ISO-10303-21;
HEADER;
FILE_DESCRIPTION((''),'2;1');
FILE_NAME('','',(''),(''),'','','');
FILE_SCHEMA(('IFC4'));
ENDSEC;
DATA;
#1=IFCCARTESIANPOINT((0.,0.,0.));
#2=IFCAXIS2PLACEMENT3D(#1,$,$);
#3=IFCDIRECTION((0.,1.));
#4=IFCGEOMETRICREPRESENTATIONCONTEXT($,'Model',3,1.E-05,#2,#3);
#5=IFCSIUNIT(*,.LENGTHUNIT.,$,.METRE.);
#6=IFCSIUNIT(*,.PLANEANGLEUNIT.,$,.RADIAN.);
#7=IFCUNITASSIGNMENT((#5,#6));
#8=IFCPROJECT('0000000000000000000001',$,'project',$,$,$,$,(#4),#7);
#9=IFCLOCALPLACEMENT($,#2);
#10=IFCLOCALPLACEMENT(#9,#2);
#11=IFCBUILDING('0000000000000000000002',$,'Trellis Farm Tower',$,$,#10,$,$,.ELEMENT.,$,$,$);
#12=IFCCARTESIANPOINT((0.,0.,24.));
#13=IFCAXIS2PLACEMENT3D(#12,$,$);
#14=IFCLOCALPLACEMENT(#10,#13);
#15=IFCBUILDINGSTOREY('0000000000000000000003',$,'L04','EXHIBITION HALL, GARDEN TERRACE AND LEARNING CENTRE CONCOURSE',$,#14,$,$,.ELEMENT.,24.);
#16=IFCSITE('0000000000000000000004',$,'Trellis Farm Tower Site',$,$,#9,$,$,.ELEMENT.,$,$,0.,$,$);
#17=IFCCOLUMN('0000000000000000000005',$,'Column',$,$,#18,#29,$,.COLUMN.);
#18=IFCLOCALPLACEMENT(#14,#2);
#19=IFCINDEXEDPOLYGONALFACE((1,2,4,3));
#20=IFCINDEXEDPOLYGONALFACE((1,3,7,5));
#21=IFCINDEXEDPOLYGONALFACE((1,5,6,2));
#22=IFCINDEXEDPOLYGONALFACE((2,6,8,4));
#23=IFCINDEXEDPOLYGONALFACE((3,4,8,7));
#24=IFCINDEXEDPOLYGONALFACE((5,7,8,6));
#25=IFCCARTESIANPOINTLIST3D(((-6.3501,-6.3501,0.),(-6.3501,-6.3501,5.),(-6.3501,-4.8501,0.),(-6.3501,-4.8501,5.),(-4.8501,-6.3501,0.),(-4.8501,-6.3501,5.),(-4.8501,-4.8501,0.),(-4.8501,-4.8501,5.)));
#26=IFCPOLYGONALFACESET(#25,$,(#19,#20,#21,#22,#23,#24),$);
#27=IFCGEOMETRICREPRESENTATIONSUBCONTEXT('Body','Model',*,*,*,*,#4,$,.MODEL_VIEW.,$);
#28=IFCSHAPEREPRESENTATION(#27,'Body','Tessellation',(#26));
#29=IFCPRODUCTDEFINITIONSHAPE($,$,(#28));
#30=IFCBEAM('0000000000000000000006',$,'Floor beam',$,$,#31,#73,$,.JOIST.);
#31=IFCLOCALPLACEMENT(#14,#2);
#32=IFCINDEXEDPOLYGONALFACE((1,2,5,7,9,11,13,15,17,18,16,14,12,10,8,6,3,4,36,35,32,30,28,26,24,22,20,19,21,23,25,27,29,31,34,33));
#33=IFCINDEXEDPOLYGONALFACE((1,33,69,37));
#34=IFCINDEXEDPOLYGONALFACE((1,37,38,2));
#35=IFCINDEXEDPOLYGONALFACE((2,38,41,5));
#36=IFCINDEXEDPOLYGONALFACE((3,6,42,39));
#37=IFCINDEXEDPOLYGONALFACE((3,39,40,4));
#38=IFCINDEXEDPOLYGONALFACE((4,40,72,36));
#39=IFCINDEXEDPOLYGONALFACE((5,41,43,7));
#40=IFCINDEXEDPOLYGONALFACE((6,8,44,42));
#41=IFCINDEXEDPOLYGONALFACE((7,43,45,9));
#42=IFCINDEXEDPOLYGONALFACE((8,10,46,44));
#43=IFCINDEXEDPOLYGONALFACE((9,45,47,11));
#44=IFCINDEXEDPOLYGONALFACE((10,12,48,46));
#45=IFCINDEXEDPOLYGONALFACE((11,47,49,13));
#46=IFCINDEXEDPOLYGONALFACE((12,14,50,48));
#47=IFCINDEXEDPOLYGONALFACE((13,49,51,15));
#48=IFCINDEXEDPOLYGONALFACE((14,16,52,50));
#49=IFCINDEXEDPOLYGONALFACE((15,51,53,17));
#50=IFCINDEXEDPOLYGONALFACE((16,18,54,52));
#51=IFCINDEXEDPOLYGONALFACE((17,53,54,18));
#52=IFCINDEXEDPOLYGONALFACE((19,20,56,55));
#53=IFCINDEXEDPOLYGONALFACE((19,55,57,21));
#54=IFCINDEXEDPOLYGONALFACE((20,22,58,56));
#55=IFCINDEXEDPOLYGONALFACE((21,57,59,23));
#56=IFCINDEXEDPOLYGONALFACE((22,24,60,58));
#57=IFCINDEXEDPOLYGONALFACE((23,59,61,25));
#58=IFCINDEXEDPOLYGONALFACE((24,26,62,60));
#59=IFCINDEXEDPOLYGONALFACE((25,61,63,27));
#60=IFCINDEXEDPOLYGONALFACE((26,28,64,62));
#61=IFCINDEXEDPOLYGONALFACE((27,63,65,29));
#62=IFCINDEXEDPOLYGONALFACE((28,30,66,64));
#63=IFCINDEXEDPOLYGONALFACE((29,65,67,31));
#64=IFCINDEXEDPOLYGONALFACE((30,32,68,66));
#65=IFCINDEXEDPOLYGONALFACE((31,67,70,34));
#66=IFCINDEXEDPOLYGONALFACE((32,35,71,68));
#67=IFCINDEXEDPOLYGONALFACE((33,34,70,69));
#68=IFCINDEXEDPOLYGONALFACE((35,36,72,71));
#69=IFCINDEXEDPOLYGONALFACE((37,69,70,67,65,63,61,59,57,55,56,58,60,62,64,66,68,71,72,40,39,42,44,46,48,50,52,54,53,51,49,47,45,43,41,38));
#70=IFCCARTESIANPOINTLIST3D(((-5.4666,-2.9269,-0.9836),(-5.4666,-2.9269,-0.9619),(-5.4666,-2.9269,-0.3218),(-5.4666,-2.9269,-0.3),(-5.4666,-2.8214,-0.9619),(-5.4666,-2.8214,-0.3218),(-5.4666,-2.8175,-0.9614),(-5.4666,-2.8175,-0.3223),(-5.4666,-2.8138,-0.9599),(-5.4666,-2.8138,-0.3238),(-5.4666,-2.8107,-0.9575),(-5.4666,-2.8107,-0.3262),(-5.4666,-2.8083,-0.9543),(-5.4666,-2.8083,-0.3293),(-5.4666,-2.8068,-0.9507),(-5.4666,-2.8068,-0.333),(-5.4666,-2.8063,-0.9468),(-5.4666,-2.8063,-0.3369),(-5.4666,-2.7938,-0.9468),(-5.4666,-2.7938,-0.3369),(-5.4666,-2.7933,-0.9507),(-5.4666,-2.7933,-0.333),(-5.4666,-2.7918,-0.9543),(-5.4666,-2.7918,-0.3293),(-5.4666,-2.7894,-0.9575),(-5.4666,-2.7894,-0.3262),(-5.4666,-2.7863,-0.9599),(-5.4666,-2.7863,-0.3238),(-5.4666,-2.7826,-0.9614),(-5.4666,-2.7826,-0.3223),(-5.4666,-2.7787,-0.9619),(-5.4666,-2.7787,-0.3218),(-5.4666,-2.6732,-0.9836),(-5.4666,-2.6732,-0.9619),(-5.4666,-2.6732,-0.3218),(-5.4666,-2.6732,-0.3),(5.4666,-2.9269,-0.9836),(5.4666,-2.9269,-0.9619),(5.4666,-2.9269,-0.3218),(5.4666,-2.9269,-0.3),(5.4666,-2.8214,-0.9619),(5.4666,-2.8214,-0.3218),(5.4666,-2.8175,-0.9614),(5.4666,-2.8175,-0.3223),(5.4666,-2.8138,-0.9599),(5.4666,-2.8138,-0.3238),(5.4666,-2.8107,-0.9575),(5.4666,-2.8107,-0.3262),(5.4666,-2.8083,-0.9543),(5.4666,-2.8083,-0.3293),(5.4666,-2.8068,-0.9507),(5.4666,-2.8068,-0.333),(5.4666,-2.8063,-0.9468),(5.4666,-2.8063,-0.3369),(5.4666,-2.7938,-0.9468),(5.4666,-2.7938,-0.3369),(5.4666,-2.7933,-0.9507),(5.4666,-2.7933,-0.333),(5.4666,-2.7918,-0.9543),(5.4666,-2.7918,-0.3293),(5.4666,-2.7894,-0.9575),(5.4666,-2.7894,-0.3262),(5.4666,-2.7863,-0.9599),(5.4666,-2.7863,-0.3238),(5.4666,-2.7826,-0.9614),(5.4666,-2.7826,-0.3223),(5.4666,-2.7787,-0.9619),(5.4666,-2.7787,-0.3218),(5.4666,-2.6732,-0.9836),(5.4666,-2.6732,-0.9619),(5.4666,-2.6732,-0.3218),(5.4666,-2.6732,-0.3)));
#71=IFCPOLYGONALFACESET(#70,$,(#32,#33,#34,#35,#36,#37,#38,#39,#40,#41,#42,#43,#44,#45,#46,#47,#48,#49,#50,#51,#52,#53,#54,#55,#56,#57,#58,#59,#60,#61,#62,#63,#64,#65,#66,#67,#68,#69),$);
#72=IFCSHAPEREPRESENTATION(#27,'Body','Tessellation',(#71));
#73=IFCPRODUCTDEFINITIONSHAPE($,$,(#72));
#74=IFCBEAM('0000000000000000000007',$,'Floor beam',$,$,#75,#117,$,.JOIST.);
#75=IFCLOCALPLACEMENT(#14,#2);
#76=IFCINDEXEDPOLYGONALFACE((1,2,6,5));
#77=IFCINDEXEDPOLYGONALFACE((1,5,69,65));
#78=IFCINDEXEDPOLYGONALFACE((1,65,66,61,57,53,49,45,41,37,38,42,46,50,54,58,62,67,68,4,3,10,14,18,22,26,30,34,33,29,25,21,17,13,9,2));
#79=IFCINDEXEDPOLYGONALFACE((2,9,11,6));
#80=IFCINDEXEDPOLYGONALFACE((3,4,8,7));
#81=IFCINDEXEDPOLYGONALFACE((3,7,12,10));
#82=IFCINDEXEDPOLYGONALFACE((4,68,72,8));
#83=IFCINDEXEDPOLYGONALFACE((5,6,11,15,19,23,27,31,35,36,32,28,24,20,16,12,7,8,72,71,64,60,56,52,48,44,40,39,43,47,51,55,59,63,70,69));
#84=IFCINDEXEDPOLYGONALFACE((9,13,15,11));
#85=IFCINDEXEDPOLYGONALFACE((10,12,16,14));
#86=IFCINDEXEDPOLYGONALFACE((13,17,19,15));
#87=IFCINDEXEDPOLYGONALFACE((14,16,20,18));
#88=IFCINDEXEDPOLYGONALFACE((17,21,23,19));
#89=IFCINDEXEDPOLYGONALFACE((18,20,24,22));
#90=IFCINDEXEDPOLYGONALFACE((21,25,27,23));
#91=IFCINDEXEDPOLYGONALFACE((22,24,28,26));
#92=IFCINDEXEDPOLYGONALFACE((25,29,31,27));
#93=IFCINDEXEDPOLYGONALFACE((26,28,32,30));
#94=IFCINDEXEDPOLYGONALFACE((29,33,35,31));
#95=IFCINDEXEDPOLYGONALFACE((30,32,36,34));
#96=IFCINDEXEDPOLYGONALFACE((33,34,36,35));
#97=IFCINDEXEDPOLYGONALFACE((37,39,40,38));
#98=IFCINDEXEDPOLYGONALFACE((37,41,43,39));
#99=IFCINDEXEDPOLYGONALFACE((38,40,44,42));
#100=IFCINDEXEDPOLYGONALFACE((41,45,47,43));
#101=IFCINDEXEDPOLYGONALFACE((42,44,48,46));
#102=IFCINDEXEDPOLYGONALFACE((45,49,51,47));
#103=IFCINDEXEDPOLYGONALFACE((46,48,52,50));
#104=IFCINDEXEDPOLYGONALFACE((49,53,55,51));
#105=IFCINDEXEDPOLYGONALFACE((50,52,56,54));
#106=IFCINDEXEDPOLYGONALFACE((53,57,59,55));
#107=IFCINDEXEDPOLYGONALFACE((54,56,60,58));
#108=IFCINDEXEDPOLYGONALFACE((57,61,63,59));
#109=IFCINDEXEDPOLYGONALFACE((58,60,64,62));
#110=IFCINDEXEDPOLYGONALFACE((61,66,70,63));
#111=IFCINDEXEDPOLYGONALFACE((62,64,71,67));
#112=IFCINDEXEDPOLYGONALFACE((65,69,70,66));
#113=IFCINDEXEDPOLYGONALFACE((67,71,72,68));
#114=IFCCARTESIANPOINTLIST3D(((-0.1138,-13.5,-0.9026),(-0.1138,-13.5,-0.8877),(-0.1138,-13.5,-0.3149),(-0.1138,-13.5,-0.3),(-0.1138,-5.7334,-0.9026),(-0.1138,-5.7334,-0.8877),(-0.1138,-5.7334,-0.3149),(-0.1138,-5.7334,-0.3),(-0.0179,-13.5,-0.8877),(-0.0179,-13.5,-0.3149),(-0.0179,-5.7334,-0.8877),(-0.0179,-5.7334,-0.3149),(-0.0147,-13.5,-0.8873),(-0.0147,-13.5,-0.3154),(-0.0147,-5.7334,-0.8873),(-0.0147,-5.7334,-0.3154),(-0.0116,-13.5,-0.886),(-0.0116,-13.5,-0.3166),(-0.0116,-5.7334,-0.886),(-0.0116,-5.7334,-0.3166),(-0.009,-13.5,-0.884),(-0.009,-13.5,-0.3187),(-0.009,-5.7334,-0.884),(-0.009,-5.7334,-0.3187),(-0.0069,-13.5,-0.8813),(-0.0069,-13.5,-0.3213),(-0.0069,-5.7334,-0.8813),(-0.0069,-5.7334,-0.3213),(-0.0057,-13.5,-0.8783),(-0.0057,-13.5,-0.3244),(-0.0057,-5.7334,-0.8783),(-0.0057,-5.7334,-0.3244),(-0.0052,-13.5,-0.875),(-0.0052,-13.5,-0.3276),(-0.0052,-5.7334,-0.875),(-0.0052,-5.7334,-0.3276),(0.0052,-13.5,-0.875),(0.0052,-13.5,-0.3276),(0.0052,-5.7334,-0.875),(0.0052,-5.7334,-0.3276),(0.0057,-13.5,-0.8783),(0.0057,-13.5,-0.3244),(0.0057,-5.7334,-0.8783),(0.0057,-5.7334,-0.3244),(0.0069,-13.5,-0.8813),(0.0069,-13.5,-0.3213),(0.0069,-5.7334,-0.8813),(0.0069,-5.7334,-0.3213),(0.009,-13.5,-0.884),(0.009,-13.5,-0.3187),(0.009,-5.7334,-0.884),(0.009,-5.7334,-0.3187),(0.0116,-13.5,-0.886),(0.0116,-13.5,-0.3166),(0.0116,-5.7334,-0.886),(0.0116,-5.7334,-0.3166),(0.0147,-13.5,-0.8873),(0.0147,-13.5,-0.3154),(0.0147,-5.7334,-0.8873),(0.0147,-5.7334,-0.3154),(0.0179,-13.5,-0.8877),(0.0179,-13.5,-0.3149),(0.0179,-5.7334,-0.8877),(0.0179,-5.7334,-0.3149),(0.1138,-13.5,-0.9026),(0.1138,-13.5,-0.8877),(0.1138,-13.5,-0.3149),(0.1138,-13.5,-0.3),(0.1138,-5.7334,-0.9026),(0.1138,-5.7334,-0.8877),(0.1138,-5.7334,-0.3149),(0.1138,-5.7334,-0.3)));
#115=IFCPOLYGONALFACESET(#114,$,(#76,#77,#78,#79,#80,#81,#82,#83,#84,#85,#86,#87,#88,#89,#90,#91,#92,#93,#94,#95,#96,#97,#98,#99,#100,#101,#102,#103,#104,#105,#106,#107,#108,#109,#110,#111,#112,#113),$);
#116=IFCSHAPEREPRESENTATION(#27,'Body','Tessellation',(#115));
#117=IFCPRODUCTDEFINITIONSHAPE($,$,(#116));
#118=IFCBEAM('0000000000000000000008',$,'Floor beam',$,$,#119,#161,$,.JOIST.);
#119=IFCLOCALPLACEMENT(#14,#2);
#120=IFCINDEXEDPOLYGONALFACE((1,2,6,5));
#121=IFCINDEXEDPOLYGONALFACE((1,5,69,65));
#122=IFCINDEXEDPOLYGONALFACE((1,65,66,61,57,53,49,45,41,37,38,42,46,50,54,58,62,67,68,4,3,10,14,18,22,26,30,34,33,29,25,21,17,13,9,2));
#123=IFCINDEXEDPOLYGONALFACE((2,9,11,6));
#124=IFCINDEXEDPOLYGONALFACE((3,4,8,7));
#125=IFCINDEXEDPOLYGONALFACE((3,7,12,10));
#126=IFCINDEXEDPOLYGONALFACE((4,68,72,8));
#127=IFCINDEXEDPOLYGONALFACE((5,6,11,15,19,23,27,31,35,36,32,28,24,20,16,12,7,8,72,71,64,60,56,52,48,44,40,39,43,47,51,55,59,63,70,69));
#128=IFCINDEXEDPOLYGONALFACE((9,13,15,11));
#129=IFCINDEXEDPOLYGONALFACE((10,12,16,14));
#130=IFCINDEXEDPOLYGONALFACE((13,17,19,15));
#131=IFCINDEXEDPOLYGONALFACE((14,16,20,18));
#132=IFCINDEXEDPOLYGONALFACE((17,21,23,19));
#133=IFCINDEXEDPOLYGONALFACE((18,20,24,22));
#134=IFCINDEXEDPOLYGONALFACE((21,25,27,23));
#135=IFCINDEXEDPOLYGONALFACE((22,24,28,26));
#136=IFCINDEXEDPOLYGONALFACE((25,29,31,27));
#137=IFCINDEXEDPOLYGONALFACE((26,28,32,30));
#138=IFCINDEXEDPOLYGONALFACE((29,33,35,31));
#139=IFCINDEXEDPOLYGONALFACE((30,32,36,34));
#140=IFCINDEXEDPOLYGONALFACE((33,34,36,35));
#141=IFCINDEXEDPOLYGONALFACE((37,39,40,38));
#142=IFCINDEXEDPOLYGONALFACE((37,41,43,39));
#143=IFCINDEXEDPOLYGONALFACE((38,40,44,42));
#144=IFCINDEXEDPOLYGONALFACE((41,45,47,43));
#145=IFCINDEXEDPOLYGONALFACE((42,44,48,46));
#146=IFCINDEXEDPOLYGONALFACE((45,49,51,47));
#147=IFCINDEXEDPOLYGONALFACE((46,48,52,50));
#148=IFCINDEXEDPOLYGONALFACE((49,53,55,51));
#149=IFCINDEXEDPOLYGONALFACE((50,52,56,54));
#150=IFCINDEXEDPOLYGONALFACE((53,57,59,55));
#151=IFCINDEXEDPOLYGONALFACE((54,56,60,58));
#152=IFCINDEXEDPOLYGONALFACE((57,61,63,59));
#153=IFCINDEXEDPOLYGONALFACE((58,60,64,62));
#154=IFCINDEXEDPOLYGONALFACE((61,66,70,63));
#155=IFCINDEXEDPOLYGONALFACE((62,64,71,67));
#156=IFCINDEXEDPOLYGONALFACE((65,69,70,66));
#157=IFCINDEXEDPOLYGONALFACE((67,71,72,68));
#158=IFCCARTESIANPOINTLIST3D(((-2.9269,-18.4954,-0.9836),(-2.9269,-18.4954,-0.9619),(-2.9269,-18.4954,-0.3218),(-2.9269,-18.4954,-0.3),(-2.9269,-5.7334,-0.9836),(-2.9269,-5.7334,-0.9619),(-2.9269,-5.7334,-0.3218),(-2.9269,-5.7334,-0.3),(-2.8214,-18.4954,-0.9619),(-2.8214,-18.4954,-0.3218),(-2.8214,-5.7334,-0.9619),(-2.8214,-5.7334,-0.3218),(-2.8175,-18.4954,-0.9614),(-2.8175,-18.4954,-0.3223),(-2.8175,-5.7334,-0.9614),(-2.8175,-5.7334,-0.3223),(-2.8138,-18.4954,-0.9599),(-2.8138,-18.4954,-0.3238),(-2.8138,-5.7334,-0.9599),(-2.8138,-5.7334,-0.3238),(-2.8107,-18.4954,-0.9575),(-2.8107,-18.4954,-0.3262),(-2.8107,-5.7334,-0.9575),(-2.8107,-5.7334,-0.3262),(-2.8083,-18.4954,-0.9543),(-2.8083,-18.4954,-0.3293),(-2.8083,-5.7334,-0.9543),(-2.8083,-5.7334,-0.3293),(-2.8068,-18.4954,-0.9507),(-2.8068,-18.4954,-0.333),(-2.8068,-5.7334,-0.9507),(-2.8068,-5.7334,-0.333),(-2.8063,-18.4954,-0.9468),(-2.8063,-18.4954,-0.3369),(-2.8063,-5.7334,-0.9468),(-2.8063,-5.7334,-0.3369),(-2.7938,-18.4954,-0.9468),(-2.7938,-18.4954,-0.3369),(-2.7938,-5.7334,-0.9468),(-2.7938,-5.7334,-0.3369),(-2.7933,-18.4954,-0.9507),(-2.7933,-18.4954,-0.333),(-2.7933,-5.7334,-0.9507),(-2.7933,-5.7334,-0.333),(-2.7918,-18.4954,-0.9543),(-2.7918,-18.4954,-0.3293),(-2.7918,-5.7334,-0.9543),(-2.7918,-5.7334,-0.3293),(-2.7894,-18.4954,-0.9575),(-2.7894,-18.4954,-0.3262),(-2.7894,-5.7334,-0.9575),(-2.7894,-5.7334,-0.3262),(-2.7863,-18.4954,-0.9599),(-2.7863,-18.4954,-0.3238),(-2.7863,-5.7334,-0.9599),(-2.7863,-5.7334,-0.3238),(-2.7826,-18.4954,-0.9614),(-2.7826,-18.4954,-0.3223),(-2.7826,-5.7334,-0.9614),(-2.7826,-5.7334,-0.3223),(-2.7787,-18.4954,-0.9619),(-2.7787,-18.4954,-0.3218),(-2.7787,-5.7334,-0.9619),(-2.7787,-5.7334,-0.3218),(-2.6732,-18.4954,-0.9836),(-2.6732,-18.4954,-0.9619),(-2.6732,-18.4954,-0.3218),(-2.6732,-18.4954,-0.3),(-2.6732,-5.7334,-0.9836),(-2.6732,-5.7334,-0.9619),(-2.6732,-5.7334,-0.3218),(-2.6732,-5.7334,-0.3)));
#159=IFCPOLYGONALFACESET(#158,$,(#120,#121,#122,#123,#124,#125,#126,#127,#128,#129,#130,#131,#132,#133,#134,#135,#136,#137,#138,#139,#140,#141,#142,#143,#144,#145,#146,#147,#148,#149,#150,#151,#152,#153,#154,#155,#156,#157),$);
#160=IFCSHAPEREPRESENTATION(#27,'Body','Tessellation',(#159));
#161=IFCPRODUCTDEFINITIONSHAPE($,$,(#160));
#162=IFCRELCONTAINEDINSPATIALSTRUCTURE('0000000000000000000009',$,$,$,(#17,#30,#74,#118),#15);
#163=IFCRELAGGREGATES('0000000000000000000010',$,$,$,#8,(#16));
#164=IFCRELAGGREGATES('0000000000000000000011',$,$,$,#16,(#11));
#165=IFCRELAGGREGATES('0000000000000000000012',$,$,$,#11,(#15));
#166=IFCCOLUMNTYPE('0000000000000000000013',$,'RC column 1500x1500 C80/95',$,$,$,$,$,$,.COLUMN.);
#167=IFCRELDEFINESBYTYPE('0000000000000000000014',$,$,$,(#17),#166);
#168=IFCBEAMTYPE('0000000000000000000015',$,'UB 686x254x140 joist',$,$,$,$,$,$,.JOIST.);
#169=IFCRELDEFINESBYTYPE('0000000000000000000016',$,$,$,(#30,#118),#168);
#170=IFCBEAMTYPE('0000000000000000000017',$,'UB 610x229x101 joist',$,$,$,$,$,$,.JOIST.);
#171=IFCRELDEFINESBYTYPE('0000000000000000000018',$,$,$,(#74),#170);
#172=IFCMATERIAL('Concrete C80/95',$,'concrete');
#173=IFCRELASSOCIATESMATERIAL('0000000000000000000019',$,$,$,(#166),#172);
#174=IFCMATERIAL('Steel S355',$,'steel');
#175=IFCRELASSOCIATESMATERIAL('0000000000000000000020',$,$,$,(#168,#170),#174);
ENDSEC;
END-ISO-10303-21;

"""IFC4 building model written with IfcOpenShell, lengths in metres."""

from ifc_helpers import new_model, si_unit, direction, frame, origin, origin_2d, place, context, subcontext, project, spatial, rectangle, i_section, extrude, source, transform, mapped, material, material_profile, profile_set, type_object, element, save


model = new_model("IFC4")

# Units and contexts
model_context = context("Model", 3, precision=1e-05, world=origin(), true_north=direction((0.0, 1.0)))
body_context = subcontext(model_context, "Body", "Model", "MODEL_VIEW")
ifc_project = project(units=[si_unit("LENGTHUNIT", "METRE"), si_unit("PLANEANGLEUNIT", "RADIAN")], contexts=[model_context])

# Site, building, storey
site_placement = place(None, origin())
site = spatial("IfcSite", under=ifc_project, at=site_placement, Name="Trellis Farm Tower Site", CompositionType="ELEMENT", RefElevation=0.0)
building_placement = place(site_placement, origin())
building = spatial("IfcBuilding", under=site, at=building_placement, Name="Trellis Farm Tower", CompositionType="ELEMENT")
storey_placement = place(building_placement, frame((0.0, 0.0, 24.0)))
storey = spatial("IfcBuildingStorey", under=building, at=storey_placement, Name="L04", Description="EXHIBITION HALL, GARDEN TERRACE AND LEARNING CENTRE CONCOURSE", CompositionType="ELEMENT", Elevation=24.0)

# Column
ifc_material_1 = material(Name="Concrete C80/95", Category="concrete")
ifc_material_profile_1 = material_profile(ifc_material_1, rectangle(XDim=1.5, YDim=1.5, at=origin_2d()), Name="RC column 1500x1500 C80/95")
ifc_profile_set_1 = profile_set([ifc_material_profile_1], Name="Concrete C80/95")
column_type = type_object("IfcColumnType", Name="RC column 1500x1500 C80/95", PredefinedType="COLUMN", material=ifc_profile_set_1)
shared_shape_1 = source(origin(), body_context, "Body", "SweptSolid", [
    extrude(rectangle(XDim=1.5, YDim=1.5, at=origin_2d()), origin(), (0.0, 0.0, 1.0), 5.0),
])
column_placement = place(storey_placement, frame((-5.6001, -5.6001, 0.0), z_axis=(0.0, 0.0, 1.0), x_axis=(1.0, 0.0, 0.0)))
element("IfcColumn", 1, at=column_placement, inside=storey, type_object=column_type, Name="Column", PredefinedType="COLUMN", context=body_context, shape_type="MappedRepresentation", body=[
    mapped(shared_shape_1, transform((0.0, 0.0, 0.0))),
])

# Beams
ifc_material_2 = material(Name="Steel S355", Category="steel")
ifc_material_profile_2 = material_profile(ifc_material_2, i_section(OverallWidth=0.2537, OverallDepth=0.6836, WebThickness=0.0125, FlangeThickness=0.0217, FilletRadius=0.0151, at=origin_2d()), Name="UB 686x254x140")
ifc_profile_set_2 = profile_set([ifc_material_profile_2], Name="Steel S355")
beam_type_1 = type_object("IfcBeamType", Name="UB 686x254x140 joist", PredefinedType="JOIST", material=ifc_profile_set_2)
shared_shape_2 = source(origin(), body_context, "Body", "SweptSolid", [
    extrude(i_section(OverallWidth=0.2537, OverallDepth=0.6836, WebThickness=0.0125, FlangeThickness=0.0217, FilletRadius=0.0151, at=origin_2d()), origin(), (0.0, 0.0, 1.0), 10.9331),
])
beam_1_placement = place(storey_placement, frame((-5.4666, -2.8, -0.6418), z_axis=(1.0, 0.0, 0.0), x_axis=(0.0, 1.0, 0.0)))
element("IfcBeam", 2, at=beam_1_placement, inside=storey, type_object=beam_type_1, Name="Floor beam", PredefinedType="JOIST", context=body_context, shape_type="MappedRepresentation", body=[
    mapped(shared_shape_2, transform((0.0, 0.0, 0.0))),
])
ifc_material_profile_3 = material_profile(ifc_material_2, i_section(OverallWidth=0.2275, OverallDepth=0.6025, WebThickness=0.0105, FlangeThickness=0.0149, FilletRadius=0.0127, at=origin_2d()), Name="UB 610x229x101")
ifc_profile_set_3 = profile_set([ifc_material_profile_3], Name="Steel S355")
beam_type_2 = type_object("IfcBeamType", Name="UB 610x229x101 joist", PredefinedType="JOIST", material=ifc_profile_set_3)
shared_shape_3 = source(origin(), body_context, "Body", "SweptSolid", [
    extrude(i_section(OverallWidth=0.2275, OverallDepth=0.6025, WebThickness=0.0105, FlangeThickness=0.0149, FilletRadius=0.0127, at=origin_2d()), origin(), (0.0, 0.0, 1.0), 7.7666),
])
beam_2_placement = place(storey_placement, frame((0.0, -13.5, -0.6013), z_axis=(0.0, 1.0, 0.0), x_axis=(-1.0, 0.0, 0.0)))
element("IfcBeam", 3, at=beam_2_placement, inside=storey, type_object=beam_type_2, Name="Floor beam", PredefinedType="JOIST", context=body_context, shape_type="MappedRepresentation", body=[
    mapped(shared_shape_3, transform((0.0, 0.0, 0.0))),
])
shared_shape_4 = source(origin(), body_context, "Body", "SweptSolid", [
    extrude(i_section(OverallWidth=0.2537, OverallDepth=0.6836, WebThickness=0.0125, FlangeThickness=0.0217, FilletRadius=0.0151, at=origin_2d()), origin(), (0.0, 0.0, 1.0), 12.762),
])
beam_3_placement = place(storey_placement, frame((-2.8, -18.4954, -0.6418), z_axis=(0.0, 1.0, 0.0), x_axis=(-1.0, 0.0, 0.0)))
element("IfcBeam", 4, at=beam_3_placement, inside=storey, type_object=beam_type_1, Name="Floor beam", PredefinedType="JOIST", context=body_context, shape_type="MappedRepresentation", body=[
    mapped(shared_shape_4, transform((0.0, 0.0, 0.0))),
])

save(model, "model.ifc")
